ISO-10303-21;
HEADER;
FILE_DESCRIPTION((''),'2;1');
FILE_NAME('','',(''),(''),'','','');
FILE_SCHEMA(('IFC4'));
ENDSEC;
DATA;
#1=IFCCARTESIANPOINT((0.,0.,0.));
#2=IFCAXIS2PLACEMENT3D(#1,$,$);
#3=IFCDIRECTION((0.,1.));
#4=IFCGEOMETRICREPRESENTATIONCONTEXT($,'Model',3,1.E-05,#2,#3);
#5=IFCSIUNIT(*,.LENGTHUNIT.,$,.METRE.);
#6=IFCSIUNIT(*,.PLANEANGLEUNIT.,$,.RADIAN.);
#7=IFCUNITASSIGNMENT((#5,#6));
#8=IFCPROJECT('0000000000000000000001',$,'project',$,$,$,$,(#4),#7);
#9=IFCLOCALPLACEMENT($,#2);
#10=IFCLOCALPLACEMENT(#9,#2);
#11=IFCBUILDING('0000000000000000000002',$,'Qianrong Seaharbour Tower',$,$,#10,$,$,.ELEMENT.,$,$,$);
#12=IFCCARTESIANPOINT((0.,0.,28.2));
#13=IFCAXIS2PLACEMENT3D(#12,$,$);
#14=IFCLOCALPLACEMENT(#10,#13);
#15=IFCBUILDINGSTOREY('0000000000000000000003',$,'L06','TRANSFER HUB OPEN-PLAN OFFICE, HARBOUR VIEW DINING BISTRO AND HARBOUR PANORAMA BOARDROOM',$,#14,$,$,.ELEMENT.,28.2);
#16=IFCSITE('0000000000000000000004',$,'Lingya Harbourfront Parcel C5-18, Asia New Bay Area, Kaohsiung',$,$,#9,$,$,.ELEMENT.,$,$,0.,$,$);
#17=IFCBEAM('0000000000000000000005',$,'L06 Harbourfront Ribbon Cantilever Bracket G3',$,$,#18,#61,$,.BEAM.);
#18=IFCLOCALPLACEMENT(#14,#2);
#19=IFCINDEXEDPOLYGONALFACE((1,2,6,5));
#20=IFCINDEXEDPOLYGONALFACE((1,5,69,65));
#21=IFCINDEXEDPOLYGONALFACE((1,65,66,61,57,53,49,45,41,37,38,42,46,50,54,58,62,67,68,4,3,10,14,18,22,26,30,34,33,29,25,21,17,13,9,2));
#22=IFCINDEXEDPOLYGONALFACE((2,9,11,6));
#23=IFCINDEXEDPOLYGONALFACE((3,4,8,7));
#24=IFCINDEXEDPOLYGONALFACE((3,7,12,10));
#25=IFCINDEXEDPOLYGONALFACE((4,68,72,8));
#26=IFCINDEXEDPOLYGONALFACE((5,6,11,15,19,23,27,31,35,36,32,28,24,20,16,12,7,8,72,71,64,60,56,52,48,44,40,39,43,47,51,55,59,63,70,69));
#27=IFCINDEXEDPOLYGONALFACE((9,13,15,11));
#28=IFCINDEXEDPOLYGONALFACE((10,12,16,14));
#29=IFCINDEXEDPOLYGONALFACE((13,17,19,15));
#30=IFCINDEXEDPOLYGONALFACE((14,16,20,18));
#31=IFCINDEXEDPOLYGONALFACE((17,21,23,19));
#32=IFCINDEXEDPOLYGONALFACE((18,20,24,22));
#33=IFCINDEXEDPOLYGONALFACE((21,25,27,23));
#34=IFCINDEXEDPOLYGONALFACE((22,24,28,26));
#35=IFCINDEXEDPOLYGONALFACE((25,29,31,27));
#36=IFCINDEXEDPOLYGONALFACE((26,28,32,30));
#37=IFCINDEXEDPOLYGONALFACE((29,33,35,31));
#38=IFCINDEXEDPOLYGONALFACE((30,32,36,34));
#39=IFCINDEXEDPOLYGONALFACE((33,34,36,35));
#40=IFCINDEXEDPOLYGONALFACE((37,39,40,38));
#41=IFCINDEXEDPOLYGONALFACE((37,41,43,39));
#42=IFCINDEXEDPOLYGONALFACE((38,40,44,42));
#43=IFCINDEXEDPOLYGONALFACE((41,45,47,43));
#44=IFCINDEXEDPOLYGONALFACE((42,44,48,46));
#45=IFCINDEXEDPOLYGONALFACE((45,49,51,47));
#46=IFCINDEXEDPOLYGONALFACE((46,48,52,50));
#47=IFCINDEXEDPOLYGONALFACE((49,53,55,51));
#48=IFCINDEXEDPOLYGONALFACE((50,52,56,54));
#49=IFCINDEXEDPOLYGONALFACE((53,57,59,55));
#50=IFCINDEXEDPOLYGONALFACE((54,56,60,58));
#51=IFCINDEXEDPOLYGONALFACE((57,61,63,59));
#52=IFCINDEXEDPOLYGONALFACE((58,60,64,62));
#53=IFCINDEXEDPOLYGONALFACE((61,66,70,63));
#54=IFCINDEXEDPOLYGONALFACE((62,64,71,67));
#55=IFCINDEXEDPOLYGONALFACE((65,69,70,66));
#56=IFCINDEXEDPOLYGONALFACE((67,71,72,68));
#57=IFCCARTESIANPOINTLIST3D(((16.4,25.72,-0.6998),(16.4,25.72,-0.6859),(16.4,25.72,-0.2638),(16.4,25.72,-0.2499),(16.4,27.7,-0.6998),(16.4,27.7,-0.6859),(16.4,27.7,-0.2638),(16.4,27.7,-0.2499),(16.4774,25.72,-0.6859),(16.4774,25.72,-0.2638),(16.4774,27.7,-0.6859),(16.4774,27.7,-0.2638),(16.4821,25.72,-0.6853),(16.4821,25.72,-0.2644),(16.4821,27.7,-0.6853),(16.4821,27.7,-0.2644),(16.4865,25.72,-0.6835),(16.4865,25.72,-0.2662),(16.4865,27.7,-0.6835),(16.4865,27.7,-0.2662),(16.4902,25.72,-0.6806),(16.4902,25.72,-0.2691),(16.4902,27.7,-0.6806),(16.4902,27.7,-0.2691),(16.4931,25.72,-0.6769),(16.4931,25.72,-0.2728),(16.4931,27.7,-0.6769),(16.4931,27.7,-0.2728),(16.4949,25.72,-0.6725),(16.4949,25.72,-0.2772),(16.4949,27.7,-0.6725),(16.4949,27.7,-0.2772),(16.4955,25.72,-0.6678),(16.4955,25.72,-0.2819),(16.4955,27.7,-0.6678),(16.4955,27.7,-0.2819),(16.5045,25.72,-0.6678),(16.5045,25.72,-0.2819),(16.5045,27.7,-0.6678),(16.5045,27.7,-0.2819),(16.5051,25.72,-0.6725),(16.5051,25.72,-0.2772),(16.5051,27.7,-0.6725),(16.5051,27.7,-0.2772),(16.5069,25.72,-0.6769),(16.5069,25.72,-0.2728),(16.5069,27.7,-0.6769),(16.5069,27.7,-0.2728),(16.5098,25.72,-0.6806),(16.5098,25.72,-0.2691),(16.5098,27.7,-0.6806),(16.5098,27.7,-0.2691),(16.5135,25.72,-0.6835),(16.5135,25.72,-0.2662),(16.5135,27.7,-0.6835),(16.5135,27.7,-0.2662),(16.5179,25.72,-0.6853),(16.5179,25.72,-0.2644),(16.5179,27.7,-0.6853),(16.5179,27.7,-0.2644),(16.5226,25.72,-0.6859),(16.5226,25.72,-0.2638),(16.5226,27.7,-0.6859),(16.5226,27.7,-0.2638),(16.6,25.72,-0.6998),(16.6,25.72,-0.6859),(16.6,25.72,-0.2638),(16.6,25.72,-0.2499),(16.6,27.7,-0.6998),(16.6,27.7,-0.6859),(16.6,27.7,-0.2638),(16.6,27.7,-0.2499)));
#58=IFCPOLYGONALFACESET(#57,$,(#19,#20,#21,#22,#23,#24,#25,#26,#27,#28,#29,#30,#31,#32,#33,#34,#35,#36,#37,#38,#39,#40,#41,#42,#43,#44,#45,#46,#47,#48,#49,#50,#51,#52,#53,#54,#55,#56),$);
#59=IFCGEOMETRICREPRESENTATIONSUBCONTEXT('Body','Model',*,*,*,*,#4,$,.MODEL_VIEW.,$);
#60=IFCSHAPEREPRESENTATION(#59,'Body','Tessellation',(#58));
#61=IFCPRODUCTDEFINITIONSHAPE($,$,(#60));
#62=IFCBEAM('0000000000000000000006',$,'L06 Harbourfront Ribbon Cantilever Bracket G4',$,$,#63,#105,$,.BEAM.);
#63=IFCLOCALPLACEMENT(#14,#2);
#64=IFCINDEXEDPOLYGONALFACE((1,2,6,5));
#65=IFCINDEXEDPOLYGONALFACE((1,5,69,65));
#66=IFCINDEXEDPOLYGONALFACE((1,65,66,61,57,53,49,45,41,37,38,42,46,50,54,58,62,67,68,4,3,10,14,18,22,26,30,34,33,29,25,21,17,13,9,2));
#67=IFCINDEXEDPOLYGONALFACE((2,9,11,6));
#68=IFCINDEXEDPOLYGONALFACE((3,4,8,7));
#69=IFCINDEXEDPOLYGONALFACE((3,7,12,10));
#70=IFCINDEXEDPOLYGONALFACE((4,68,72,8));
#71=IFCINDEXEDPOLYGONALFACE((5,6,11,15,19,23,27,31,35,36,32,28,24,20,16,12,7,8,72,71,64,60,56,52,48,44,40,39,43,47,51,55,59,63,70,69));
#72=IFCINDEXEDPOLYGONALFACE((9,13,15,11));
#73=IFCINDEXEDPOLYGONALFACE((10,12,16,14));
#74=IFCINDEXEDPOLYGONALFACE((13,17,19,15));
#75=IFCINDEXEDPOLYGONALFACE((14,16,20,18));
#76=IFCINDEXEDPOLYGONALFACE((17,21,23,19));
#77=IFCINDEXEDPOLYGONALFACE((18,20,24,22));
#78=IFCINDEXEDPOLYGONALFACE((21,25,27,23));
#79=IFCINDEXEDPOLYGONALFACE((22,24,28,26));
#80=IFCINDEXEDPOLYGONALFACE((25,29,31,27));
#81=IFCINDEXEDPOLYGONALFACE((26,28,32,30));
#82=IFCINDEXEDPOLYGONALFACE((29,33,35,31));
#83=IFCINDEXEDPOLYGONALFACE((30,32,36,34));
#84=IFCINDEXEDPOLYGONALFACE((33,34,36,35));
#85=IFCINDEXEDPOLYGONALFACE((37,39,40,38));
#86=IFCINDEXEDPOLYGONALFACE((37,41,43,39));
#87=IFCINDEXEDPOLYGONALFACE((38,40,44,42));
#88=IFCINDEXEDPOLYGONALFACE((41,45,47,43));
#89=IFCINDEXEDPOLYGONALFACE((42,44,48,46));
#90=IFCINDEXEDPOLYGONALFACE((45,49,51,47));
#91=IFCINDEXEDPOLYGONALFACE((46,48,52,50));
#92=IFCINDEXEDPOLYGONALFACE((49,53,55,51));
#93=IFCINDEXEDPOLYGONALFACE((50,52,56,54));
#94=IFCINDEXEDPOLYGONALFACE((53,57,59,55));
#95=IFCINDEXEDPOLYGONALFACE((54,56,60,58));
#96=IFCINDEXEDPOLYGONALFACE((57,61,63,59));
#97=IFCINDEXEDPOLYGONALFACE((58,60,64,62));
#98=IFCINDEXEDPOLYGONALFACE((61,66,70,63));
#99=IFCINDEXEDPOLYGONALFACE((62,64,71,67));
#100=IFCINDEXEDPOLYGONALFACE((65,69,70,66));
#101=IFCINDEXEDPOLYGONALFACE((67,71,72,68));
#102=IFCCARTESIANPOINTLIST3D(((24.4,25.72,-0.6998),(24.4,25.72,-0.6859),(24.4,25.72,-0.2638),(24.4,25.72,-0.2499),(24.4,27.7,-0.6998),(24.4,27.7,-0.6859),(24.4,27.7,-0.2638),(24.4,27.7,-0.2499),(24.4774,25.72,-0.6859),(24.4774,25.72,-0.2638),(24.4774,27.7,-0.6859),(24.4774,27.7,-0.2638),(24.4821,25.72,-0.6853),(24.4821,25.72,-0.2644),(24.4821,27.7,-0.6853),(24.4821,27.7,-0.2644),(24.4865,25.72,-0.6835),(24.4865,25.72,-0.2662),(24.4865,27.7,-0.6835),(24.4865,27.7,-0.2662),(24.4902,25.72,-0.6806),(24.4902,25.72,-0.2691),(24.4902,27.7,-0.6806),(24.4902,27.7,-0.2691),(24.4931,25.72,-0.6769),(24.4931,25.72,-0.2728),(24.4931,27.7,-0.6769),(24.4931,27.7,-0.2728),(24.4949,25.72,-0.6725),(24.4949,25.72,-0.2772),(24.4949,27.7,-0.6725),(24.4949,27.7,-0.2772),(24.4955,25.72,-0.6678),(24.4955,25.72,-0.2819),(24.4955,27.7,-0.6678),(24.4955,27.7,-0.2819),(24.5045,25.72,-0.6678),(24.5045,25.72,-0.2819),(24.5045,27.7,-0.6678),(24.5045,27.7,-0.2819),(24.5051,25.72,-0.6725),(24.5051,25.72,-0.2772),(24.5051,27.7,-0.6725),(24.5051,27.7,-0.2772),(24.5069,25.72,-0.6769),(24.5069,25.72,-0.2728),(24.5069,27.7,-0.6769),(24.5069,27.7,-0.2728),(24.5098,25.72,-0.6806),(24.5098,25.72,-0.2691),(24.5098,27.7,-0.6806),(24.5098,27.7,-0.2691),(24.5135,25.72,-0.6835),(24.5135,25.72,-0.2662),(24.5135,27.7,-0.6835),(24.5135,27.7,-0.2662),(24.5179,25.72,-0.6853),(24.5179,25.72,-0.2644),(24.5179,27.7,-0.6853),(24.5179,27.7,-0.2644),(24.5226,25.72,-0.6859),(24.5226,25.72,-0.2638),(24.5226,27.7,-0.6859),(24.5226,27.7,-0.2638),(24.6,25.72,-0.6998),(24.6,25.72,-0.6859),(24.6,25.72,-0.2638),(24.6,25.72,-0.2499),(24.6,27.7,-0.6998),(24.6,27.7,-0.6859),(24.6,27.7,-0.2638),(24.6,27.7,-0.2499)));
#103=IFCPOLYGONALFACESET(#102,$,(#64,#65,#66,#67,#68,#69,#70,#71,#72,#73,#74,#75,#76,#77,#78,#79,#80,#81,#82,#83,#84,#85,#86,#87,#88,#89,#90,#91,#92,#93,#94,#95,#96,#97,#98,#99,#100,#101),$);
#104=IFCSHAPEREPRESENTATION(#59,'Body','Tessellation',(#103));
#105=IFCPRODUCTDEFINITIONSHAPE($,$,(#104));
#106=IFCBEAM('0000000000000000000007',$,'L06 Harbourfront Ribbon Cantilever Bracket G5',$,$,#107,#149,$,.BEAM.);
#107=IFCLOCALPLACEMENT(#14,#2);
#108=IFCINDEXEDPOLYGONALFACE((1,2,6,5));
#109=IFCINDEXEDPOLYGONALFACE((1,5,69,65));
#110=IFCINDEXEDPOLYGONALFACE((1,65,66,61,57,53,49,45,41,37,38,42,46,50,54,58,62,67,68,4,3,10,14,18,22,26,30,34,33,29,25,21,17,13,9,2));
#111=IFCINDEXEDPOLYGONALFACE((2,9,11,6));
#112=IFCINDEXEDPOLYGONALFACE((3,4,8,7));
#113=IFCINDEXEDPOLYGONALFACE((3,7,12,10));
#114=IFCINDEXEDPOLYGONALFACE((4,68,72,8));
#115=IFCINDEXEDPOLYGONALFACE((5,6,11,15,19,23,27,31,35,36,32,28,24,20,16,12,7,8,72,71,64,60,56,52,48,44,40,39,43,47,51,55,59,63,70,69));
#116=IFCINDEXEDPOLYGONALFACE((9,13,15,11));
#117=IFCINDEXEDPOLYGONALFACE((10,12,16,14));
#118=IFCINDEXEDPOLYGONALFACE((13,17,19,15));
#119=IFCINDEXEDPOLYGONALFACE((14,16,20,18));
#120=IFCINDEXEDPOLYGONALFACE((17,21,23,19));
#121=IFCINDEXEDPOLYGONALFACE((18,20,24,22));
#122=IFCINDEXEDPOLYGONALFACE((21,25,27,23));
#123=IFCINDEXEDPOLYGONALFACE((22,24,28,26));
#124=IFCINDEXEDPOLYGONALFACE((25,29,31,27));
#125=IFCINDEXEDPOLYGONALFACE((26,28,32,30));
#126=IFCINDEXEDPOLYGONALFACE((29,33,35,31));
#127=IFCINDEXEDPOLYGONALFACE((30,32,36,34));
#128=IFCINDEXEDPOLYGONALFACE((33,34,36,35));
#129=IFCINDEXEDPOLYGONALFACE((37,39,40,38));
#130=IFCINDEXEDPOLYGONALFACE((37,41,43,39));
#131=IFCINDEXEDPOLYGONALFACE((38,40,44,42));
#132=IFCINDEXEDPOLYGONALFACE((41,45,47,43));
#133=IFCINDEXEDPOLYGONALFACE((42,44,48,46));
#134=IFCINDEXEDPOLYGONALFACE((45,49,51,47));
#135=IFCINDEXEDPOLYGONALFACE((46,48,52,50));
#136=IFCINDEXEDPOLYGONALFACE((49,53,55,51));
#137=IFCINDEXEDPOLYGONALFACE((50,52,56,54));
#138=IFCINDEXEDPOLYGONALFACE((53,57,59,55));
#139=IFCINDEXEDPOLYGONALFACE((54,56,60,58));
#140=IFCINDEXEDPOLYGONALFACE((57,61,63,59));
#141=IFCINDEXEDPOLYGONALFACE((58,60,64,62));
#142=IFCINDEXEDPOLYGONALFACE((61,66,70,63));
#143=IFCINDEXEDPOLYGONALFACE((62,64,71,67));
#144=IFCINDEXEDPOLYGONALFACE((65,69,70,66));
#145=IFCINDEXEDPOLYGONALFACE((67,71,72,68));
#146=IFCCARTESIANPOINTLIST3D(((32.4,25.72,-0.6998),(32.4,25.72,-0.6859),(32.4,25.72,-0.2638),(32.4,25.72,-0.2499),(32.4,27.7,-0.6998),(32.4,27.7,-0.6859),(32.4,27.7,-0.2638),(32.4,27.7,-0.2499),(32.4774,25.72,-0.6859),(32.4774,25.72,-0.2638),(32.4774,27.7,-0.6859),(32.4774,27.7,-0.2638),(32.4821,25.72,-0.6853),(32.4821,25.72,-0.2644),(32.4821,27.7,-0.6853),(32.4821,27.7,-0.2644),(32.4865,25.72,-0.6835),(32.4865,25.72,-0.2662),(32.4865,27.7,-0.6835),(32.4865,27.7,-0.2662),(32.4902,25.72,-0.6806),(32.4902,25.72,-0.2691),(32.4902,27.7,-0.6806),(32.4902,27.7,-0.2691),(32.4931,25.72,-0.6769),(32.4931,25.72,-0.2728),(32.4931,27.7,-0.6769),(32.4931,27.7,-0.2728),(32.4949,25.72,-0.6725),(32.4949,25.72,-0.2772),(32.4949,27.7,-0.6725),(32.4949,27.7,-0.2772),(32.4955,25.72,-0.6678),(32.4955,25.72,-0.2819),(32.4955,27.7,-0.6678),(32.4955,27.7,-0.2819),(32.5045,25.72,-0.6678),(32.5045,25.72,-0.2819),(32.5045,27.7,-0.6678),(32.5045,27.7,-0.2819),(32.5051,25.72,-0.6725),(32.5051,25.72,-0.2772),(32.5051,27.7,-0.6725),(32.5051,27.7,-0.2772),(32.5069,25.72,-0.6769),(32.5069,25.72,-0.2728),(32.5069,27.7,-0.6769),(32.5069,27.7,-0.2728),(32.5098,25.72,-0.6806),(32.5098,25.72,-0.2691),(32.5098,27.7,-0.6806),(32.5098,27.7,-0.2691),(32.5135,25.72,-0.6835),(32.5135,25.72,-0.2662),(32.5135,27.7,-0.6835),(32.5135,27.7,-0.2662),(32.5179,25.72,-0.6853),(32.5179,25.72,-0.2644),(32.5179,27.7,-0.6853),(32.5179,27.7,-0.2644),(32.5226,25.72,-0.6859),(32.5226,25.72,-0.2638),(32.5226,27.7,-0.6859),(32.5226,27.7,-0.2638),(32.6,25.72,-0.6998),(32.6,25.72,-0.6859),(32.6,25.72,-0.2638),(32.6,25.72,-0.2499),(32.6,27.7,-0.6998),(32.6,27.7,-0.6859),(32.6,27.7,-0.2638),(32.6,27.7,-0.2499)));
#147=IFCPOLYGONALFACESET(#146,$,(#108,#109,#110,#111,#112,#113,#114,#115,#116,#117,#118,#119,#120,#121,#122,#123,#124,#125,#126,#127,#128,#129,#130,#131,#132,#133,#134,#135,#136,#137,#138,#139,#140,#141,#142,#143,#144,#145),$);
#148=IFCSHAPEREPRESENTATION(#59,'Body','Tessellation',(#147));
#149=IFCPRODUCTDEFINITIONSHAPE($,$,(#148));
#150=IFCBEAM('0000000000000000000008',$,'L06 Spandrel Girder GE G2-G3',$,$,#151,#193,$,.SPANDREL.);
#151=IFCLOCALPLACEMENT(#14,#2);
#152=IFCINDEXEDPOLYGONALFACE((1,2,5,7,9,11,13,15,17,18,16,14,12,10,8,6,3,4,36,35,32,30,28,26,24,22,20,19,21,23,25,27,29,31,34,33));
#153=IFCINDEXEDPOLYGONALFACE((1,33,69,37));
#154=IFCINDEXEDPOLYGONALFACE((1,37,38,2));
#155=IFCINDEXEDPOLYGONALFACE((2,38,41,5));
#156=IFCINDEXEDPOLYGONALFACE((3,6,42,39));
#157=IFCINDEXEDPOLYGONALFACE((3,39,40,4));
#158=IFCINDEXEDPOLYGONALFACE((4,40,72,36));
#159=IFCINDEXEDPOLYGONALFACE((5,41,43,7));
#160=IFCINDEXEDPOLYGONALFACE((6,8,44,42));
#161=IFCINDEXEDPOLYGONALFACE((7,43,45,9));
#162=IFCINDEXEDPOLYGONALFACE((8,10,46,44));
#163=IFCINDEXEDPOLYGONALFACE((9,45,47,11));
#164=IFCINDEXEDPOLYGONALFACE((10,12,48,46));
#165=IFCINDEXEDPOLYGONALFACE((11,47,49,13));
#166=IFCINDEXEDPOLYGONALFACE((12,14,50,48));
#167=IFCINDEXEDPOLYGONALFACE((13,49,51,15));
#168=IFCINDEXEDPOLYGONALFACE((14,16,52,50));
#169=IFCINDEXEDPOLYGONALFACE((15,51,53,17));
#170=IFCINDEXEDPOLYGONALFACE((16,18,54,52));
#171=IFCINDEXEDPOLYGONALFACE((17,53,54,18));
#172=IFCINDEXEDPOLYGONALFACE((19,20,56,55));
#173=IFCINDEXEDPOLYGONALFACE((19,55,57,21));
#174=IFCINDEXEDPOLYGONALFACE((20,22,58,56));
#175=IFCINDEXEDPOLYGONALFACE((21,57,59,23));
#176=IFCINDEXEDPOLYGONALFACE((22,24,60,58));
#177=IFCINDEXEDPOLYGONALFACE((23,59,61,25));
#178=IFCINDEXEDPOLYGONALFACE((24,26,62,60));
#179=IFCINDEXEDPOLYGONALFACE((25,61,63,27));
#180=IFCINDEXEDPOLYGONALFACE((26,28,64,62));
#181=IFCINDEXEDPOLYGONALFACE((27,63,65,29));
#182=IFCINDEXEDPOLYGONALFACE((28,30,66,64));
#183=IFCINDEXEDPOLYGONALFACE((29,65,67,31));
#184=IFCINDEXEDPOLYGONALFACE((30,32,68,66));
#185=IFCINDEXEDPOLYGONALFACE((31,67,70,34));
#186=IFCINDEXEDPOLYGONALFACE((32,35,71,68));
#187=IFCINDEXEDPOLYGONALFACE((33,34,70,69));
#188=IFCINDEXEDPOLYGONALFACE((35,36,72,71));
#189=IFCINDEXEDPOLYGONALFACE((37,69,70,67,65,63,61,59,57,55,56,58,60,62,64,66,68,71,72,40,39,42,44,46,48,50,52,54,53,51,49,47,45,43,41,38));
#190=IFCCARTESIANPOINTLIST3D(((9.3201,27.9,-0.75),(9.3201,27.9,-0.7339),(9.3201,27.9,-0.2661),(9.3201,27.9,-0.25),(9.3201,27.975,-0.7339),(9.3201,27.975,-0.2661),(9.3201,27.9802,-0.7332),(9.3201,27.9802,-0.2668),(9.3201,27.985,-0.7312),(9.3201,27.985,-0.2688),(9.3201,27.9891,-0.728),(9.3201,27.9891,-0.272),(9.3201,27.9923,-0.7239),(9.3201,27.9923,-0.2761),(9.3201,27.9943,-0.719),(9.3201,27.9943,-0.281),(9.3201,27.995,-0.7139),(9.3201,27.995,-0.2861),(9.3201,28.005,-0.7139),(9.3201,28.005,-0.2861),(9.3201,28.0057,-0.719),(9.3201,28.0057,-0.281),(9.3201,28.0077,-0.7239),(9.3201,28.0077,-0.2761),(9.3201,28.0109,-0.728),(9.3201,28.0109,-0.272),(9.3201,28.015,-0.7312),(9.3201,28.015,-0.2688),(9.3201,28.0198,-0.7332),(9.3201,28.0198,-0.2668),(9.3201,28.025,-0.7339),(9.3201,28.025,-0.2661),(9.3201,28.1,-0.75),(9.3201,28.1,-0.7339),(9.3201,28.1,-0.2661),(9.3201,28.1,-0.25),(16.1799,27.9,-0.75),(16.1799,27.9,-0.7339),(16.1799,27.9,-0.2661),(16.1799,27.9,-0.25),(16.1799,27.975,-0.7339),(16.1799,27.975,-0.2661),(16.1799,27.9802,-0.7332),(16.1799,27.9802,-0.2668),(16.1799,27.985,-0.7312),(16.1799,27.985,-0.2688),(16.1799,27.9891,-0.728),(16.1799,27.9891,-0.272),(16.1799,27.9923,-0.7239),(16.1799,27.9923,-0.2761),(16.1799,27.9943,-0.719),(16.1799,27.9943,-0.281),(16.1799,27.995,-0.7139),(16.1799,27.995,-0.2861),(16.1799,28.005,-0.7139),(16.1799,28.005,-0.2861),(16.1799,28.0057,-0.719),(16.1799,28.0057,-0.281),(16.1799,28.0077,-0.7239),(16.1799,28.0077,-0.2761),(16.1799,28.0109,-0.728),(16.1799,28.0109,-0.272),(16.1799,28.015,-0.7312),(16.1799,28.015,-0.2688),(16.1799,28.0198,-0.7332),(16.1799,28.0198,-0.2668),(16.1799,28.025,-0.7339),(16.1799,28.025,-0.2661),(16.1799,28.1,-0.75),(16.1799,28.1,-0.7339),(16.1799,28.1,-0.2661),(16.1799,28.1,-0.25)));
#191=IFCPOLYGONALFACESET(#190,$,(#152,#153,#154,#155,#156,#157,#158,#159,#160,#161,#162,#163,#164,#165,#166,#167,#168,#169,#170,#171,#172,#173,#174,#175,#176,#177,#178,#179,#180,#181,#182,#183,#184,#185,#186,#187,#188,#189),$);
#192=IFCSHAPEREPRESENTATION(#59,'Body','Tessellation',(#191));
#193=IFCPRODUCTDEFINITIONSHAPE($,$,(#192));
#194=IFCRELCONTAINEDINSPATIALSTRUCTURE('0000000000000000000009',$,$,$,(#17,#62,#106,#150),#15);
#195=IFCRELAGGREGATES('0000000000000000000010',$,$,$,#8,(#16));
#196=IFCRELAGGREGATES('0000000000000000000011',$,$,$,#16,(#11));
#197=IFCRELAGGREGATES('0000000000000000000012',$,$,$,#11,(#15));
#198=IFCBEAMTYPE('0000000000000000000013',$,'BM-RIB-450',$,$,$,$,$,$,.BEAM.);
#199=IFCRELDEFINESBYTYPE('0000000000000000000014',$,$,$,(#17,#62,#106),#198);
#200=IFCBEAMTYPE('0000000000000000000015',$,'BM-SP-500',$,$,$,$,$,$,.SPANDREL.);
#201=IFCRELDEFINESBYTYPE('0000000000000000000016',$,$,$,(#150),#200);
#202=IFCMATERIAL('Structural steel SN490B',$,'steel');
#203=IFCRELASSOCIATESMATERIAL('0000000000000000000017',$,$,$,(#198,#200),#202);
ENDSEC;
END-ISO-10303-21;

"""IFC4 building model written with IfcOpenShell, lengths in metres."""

from ifc_helpers import new_model, si_unit, direction, frame, origin, origin_2d, place, context, subcontext, project, spatial, i_section, extrude, material, material_profile, profile_set, type_object, element, save


model = new_model("IFC4")

# Units and contexts
model_context = context("Model", 3, precision=1e-05, world=origin(), true_north=direction((0.0, 1.0)))
body_context = subcontext(model_context, "Body", "Model", "MODEL_VIEW")
ifc_project = project(units=[si_unit("LENGTHUNIT", "METRE"), si_unit("PLANEANGLEUNIT", "RADIAN")], contexts=[model_context])

# Site, building, storey
site_placement = place(None, origin())
site = spatial("IfcSite", under=ifc_project, at=site_placement, Name="Lingya Harbourfront Parcel C5-18, Asia New Bay Area, Kaohsiung", CompositionType="ELEMENT", RefElevation=0.0)
building_placement = place(site_placement, origin())
building = spatial("IfcBuilding", under=site, at=building_placement, Name="Qianrong Seaharbour Tower", CompositionType="ELEMENT")
storey_placement = place(building_placement, frame((0.0, 0.0, 28.2)))
storey = spatial("IfcBuildingStorey", under=building, at=storey_placement, Name="L06", Description="TRANSFER HUB OPEN-PLAN OFFICE, HARBOUR VIEW DINING BISTRO AND HARBOUR PANORAMA BOARDROOM", CompositionType="ELEMENT", Elevation=28.2)

# Shared definitions
ifc_material_1 = material(Name="Structural steel SN490B", Category="steel")

# Beams
ifc_material_profile_1 = material_profile(ifc_material_1, i_section(OverallWidth=0.2, OverallDepth=0.45, WebThickness=0.009, FlangeThickness=0.0139, FilletRadius=0.0181, at=origin_2d()), Name="H450x200x9x14")
ifc_profile_set_1 = profile_set([ifc_material_profile_1], Name="Structural steel SN490B")
beam_type_1 = type_object("IfcBeamType", Name="BM-RIB-450", PredefinedType="BEAM", material=ifc_profile_set_1)
for number, where, z_axis, x_axis, name in (
    (1, (16.5, 27.7, -0.4749), (0.0, -1.0, 0.0), (1.0, 0.0, 0.0), "L06 Harbourfront Ribbon Cantilever Bracket G3"),
    (2, (24.5, 27.7, -0.4749), (0.0, -1.0, 0.0), (1.0, 0.0, 0.0), "L06 Harbourfront Ribbon Cantilever Bracket G4"),
    (3, (32.5, 27.7, -0.4749), (0.0, -1.0, 0.0), (1.0, 0.0, 0.0), "L06 Harbourfront Ribbon Cantilever Bracket G5"),
):
    element("IfcBeam", number, at=place(storey_placement, frame(where, z_axis=z_axis, x_axis=x_axis)), inside=storey, type_object=beam_type_1, Name=name, PredefinedType="BEAM", context=body_context, shape_type="SweptSolid", body=[
        extrude(i_section(OverallWidth=0.2, OverallDepth=0.45, WebThickness=0.009, FlangeThickness=0.0139, FilletRadius=0.0181, at=origin_2d()), origin(), (0.0, 0.0, 1.0), 1.98),
    ])
ifc_material_profile_2 = material_profile(ifc_material_1, i_section(OverallWidth=0.2, OverallDepth=0.5, WebThickness=0.01, FlangeThickness=0.0161, FilletRadius=0.02, at=origin_2d()), Name="H500x200x10x16")
ifc_profile_set_2 = profile_set([ifc_material_profile_2], Name="Structural steel SN490B")
beam_type_2 = type_object("IfcBeamType", Name="BM-SP-500", PredefinedType="SPANDREL", material=ifc_profile_set_2)
beam_1_placement = place(storey_placement, frame((9.3201, 28.0, -0.5), z_axis=(1.0, 0.0, 0.0), x_axis=(0.0, 1.0, 0.0)))
element("IfcBeam", 4, at=beam_1_placement, inside=storey, type_object=beam_type_2, Name="L06 Spandrel Girder GE G2-G3", PredefinedType="SPANDREL", context=body_context, shape_type="SweptSolid", body=[
    extrude(i_section(OverallWidth=0.2, OverallDepth=0.5, WebThickness=0.01, FlangeThickness=0.0161, FilletRadius=0.02, at=origin_2d()), origin(), (0.0, 0.0, 1.0), 6.8599),
])

save(model, "model.ifc")
